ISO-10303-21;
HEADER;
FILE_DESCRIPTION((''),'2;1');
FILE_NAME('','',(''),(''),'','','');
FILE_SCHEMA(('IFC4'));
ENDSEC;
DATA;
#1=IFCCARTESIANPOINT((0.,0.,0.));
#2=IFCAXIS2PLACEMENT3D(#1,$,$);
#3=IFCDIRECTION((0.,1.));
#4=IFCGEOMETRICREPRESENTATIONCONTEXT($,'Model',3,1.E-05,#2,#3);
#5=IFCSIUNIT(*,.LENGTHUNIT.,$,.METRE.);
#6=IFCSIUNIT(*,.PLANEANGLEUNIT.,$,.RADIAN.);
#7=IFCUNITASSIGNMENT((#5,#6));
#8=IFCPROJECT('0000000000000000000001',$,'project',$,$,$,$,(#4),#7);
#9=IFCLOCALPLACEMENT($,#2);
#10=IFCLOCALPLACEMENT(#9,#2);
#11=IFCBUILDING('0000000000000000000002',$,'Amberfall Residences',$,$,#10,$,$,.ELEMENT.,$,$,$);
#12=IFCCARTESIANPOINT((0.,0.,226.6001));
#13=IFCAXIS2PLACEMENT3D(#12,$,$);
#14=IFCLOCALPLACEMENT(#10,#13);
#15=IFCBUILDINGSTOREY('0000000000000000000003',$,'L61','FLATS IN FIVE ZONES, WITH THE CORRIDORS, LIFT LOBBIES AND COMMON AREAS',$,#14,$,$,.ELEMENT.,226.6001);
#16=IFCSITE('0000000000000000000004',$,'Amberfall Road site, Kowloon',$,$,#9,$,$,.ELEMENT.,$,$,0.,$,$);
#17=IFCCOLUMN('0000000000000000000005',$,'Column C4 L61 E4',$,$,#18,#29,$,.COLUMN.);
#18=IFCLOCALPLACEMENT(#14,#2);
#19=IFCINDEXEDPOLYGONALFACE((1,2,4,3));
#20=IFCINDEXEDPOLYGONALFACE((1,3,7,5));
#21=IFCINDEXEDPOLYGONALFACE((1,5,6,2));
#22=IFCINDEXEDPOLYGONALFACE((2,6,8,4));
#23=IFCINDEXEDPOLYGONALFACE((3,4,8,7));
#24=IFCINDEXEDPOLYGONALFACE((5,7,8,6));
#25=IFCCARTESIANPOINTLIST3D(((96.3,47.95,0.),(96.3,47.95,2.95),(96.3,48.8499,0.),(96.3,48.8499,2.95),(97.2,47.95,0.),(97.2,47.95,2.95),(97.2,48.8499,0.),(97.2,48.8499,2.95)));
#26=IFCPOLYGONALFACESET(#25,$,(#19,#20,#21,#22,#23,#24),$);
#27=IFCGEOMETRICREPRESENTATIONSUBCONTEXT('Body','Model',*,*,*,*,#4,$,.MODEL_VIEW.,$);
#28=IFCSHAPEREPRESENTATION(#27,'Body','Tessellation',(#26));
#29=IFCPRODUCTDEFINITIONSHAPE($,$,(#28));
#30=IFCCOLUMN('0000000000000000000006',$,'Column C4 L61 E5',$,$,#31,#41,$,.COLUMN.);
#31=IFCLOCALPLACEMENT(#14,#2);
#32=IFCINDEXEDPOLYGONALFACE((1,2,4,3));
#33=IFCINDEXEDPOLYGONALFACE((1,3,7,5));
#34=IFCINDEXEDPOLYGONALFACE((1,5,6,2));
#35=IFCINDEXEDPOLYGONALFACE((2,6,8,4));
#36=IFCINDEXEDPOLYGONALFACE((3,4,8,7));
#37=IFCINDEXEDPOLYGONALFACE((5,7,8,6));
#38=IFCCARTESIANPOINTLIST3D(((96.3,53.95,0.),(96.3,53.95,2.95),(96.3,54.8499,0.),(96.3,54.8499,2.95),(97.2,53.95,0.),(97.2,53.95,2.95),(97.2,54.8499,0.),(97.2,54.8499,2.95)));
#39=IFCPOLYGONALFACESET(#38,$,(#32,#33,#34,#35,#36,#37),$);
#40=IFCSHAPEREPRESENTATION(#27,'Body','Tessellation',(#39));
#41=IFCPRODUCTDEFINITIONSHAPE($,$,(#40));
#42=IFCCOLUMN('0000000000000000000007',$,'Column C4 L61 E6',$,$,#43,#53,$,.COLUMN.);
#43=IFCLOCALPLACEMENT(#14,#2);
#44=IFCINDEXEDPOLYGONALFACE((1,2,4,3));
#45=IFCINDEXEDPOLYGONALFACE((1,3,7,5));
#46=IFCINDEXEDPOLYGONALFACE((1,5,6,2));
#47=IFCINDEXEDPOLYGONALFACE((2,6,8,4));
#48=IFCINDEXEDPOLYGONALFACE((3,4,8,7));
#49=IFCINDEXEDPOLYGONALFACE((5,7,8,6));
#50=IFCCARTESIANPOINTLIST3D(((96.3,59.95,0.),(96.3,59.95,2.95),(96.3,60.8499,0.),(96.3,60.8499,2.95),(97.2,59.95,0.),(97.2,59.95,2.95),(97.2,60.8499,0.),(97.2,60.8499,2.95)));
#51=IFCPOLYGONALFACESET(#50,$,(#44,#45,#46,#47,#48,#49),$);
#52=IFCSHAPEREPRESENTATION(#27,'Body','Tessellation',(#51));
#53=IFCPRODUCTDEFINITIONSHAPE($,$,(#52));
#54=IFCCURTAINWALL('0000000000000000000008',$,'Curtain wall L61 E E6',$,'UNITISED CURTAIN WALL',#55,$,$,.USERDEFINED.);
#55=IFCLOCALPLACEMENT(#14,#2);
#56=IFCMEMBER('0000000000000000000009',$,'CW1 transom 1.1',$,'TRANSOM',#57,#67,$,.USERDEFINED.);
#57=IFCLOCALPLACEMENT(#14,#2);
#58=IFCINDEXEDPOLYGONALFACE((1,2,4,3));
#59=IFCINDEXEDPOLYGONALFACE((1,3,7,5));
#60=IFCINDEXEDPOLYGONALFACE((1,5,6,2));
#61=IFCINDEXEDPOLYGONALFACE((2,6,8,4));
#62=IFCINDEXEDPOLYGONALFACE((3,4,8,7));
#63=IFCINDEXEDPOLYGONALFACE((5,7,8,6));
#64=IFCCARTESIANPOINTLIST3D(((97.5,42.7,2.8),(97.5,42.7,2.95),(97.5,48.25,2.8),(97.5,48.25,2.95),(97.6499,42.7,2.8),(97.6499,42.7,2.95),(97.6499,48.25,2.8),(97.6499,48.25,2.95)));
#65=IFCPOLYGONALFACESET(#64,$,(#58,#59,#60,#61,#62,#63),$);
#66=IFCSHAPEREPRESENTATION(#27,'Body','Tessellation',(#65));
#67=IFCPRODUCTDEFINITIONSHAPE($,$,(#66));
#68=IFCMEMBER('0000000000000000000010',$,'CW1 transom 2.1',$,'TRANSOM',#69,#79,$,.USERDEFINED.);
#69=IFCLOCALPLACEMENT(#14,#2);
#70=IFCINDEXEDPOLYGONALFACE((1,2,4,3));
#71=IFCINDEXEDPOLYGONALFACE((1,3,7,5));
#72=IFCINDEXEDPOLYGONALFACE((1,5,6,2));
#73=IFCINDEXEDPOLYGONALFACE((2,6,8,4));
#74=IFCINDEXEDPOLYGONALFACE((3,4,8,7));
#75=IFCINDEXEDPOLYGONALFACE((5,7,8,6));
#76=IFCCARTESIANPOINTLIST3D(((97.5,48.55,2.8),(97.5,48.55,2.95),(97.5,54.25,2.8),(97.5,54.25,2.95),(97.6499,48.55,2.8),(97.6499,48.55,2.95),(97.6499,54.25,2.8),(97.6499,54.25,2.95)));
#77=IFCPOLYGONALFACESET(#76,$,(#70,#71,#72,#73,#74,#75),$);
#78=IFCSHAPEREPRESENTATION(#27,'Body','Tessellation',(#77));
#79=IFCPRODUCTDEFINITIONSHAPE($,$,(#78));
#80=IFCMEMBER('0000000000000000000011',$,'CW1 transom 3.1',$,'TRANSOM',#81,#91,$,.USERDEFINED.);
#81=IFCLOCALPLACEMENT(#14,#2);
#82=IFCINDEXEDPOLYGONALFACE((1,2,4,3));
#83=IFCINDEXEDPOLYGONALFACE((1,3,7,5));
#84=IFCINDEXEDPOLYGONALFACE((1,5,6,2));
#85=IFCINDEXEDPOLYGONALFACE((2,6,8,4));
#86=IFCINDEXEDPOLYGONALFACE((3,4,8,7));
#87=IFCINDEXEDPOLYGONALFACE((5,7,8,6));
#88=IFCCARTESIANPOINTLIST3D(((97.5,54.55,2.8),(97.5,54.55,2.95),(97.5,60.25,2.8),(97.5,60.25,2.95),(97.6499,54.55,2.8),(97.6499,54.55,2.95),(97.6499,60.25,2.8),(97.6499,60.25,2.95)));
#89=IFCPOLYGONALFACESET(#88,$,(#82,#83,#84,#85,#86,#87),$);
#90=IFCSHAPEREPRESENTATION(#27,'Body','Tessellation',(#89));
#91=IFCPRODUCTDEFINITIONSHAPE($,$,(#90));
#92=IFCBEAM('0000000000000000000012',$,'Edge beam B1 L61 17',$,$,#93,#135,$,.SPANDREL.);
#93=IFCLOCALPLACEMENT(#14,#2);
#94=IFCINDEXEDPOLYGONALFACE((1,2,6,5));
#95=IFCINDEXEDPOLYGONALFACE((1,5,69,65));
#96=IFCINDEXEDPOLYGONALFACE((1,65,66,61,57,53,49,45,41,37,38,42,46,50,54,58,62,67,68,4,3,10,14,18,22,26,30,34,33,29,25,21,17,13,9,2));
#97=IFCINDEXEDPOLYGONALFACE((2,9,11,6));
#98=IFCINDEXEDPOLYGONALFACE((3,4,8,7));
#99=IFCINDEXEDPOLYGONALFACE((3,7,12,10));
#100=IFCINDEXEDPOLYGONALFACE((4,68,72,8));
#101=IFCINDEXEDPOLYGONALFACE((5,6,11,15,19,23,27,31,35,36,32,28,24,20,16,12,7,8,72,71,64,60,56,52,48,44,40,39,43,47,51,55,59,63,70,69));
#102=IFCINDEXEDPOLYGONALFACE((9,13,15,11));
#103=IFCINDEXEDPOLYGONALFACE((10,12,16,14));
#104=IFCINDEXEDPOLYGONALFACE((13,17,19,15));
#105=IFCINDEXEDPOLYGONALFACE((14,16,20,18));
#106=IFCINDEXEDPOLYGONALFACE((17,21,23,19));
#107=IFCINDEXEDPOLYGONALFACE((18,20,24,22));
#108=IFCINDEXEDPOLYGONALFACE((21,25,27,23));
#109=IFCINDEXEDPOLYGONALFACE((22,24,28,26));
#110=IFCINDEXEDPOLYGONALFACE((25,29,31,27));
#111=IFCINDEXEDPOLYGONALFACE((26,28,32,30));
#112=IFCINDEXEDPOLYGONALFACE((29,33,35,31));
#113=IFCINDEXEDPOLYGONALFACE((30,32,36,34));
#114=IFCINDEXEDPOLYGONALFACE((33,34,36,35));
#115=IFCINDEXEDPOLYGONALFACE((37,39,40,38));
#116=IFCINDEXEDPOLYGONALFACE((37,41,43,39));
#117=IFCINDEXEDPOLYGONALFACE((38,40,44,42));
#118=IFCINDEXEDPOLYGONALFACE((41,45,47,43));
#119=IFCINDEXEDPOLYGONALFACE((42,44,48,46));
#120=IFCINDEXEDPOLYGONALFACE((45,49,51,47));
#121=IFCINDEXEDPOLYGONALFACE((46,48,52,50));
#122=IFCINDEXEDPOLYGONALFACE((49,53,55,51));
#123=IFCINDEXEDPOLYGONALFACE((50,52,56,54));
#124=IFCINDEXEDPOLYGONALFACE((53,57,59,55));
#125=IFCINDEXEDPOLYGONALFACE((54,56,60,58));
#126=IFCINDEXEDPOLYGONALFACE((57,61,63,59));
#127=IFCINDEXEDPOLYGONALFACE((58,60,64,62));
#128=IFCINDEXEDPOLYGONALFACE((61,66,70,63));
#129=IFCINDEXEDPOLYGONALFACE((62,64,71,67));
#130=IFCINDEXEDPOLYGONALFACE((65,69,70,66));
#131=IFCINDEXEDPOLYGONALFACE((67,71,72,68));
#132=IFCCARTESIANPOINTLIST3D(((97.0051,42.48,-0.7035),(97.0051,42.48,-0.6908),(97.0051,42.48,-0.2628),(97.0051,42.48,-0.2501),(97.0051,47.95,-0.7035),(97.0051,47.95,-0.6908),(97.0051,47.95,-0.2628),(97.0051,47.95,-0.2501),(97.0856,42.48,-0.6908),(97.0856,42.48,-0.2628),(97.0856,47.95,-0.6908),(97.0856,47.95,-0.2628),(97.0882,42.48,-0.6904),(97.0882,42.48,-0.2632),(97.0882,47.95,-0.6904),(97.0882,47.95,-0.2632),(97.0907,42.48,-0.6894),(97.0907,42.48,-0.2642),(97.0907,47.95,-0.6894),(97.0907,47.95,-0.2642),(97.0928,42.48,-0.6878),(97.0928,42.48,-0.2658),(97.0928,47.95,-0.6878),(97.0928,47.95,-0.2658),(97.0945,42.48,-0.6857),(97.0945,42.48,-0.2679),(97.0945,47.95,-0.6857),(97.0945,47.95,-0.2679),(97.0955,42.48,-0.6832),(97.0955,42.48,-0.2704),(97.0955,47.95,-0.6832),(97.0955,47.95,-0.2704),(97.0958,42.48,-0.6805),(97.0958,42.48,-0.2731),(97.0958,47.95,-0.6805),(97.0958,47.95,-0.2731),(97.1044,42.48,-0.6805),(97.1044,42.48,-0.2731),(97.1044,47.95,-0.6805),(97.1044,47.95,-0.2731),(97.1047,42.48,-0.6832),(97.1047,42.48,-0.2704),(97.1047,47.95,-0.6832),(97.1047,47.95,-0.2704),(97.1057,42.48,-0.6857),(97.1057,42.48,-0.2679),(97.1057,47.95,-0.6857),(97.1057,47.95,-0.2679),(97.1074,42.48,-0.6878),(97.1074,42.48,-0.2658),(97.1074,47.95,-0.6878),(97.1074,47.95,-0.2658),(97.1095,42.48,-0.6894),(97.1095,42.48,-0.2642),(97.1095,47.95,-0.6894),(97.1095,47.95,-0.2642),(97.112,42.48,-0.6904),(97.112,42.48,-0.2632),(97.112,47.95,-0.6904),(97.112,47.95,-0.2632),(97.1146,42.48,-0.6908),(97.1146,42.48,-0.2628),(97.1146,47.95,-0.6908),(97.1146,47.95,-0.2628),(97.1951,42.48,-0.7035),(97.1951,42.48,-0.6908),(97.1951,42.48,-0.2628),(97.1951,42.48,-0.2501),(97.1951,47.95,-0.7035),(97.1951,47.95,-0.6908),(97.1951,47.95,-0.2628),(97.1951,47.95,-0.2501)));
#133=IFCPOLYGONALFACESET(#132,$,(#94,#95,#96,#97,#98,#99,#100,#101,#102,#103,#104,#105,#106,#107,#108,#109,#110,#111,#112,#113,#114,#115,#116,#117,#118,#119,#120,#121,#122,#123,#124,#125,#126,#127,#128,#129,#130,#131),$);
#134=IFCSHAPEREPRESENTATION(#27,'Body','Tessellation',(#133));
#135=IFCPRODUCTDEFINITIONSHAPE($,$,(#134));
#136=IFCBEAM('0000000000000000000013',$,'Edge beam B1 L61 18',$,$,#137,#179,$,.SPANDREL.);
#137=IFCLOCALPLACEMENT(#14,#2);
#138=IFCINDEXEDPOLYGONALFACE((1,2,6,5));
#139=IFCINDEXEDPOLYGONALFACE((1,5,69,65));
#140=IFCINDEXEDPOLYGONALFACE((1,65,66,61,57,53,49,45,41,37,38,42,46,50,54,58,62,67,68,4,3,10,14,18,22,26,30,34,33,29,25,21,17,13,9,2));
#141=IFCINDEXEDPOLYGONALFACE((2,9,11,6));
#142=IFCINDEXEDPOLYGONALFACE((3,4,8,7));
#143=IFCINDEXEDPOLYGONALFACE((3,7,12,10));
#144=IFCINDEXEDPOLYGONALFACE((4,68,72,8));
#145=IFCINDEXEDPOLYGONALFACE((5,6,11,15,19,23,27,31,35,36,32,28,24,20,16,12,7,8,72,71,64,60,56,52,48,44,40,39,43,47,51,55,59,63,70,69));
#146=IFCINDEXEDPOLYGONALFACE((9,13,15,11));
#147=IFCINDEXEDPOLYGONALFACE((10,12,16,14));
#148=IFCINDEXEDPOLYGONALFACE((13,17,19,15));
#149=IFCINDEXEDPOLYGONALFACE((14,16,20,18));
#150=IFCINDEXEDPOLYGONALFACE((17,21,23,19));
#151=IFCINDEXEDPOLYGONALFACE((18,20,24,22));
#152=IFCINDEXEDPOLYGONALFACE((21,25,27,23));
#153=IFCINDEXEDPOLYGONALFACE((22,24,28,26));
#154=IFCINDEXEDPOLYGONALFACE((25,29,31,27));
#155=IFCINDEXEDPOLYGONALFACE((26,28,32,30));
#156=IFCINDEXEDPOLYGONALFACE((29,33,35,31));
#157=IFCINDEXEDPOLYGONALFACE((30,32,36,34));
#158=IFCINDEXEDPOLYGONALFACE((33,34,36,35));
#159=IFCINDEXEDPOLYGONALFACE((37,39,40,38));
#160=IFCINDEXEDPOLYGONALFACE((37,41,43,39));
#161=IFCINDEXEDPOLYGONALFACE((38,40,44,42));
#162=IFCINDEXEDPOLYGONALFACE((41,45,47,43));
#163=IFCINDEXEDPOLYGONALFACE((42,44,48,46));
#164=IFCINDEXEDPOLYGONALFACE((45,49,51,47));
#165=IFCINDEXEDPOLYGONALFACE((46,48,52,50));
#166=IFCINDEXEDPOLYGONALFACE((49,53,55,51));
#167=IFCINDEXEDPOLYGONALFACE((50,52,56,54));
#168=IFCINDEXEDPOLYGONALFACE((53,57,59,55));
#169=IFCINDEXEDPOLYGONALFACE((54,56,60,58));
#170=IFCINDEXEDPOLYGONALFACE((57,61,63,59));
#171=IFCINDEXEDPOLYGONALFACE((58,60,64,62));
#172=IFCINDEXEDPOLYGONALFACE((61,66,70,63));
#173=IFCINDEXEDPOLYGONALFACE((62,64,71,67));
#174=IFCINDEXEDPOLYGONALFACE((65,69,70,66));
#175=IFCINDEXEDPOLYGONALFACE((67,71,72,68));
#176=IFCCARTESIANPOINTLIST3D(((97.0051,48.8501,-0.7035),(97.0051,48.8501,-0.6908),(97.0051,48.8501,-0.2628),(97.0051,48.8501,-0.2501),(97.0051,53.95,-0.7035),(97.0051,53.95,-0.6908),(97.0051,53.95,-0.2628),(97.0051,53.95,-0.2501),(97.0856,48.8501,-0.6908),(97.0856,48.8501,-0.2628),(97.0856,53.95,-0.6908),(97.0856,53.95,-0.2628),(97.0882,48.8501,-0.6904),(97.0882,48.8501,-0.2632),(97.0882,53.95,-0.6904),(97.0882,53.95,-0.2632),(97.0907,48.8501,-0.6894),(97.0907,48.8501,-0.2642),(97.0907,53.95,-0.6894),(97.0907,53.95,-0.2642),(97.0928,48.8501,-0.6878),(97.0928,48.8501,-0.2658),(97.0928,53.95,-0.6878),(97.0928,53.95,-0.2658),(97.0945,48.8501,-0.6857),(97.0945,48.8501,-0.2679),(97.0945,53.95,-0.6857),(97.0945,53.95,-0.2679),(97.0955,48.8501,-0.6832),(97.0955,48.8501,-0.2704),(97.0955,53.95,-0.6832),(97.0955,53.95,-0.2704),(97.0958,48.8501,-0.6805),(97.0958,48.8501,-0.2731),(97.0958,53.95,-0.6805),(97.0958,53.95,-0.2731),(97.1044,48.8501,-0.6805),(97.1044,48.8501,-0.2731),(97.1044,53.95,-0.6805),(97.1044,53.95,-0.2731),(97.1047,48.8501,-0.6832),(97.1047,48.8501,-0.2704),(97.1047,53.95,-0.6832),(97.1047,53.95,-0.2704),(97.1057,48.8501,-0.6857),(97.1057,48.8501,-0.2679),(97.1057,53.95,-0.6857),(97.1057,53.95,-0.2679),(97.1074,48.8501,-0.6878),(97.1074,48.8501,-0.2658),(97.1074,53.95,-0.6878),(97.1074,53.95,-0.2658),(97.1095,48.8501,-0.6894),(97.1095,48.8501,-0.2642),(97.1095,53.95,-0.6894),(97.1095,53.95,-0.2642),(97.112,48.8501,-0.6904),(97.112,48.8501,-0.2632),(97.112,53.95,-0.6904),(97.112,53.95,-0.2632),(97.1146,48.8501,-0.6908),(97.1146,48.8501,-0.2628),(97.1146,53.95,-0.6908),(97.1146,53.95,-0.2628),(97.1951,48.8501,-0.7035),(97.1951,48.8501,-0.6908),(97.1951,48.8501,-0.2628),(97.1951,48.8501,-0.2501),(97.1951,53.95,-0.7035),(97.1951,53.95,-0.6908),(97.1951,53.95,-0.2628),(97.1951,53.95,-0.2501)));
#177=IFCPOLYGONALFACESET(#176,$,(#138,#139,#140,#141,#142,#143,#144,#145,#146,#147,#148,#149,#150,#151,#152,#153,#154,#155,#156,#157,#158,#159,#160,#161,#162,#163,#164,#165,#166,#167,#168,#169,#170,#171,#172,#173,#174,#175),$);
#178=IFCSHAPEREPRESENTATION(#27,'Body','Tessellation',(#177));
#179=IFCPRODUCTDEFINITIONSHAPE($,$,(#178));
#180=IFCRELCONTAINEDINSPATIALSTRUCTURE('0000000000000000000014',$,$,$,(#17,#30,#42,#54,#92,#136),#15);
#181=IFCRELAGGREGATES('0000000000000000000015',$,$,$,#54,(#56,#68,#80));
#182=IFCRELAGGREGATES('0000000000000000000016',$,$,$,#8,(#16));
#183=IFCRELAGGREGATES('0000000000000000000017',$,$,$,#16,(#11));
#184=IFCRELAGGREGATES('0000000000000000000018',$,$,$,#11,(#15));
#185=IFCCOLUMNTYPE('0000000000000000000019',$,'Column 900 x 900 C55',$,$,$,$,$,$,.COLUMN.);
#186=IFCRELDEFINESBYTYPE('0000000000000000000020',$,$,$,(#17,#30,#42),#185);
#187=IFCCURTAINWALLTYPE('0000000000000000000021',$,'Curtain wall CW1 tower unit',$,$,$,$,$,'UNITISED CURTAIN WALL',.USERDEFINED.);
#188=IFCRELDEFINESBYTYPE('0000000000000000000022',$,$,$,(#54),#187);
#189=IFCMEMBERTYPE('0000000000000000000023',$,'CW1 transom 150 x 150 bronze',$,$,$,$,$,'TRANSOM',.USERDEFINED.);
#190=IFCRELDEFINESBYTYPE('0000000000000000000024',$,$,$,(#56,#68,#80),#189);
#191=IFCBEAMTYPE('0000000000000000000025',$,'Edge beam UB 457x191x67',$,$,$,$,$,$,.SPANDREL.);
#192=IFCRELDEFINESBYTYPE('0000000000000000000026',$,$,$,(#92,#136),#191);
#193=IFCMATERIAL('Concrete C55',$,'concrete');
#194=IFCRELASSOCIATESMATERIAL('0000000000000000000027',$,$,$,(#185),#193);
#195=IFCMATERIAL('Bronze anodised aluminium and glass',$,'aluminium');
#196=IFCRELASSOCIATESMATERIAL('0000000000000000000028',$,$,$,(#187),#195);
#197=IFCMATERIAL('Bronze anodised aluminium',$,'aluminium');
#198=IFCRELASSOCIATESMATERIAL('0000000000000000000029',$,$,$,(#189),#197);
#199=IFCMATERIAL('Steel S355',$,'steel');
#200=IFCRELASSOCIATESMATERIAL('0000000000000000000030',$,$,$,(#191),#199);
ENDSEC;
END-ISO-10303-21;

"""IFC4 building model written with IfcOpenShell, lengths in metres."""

from ifc_helpers import new_model, si_unit, direction, frame, origin, origin_2d, place, context, subcontext, project, spatial, rectangle, i_section, extrude, material, material_profile, profile_set, type_object, element, aggregate, save


model = new_model("IFC4")

# Units and contexts
model_context = context("Model", 3, precision=1e-05, world=origin(), true_north=direction((0.0, 1.0)))
body_context = subcontext(model_context, "Body", "Model", "MODEL_VIEW")
ifc_project = project(units=[si_unit("LENGTHUNIT", "METRE"), si_unit("PLANEANGLEUNIT", "RADIAN")], contexts=[model_context])

# Site, building, storey
site_placement = place(None, origin())
site = spatial("IfcSite", under=ifc_project, at=site_placement, Name="Amberfall Road site, Kowloon", CompositionType="ELEMENT", RefElevation=0.0)
building_placement = place(site_placement, origin())
building = spatial("IfcBuilding", under=site, at=building_placement, Name="Amberfall Residences", CompositionType="ELEMENT")
storey_placement = place(building_placement, frame((0.0, 0.0, 226.6001)))
storey = spatial("IfcBuildingStorey", under=building, at=storey_placement, Name="L61", Description="FLATS IN FIVE ZONES, WITH THE CORRIDORS, LIFT LOBBIES AND COMMON AREAS", CompositionType="ELEMENT", Elevation=226.6001)

# Columns
ifc_material_1 = material(Name="Concrete C55", Category="concrete")
ifc_material_profile_1 = material_profile(ifc_material_1, rectangle(XDim=0.8999, YDim=0.8999, at=origin_2d()), Name="Column 900 x 900 C55")
ifc_profile_set_1 = profile_set([ifc_material_profile_1], Name="Concrete C55")
column_type = type_object("IfcColumnType", Name="Column 900 x 900 C55", PredefinedType="COLUMN", material=ifc_profile_set_1)
for number, where, z_axis, x_axis, name in (
    (1, (96.75, 48.3999, 0.0), (0.0, 0.0, 1.0), (1.0, 0.0, 0.0), "Column C4 L61 E4"),
    (2, (96.75, 54.3999, 0.0), (0.0, 0.0, 1.0), (1.0, 0.0, 0.0), "Column C4 L61 E5"),
    (3, (96.75, 60.3999, 0.0), (0.0, 0.0, 1.0), (1.0, 0.0, 0.0), "Column C4 L61 E6"),
):
    element("IfcColumn", number, at=place(storey_placement, frame(where, z_axis=z_axis, x_axis=x_axis)), inside=storey, type_object=column_type, Name=name, PredefinedType="COLUMN", context=body_context, shape_type="SweptSolid", body=[
        extrude(rectangle(XDim=0.8999, YDim=0.8999, at=origin_2d()), origin(), (0.0, 0.0, 1.0), 2.95),
    ])

# Curtain wall, members
ifc_material_2 = material(Name="Bronze anodised aluminium and glass", Category="aluminium")
curtain_wall_type = type_object("IfcCurtainWallType", Name="Curtain wall CW1 tower unit", ElementType="UNITISED CURTAIN WALL", PredefinedType="USERDEFINED", material=ifc_material_2)
curtain_wall_placement = place(storey_placement, origin())
curtain_wall = element("IfcCurtainWall", 4, at=curtain_wall_placement, inside=storey, type_object=curtain_wall_type, Name="Curtain wall L61 E E6", ObjectType="UNITISED CURTAIN WALL", PredefinedType="USERDEFINED")
ifc_material_3 = material(Name="Bronze anodised aluminium", Category="aluminium")
ifc_material_profile_2 = material_profile(ifc_material_3, rectangle(XDim=0.1499, YDim=0.1499, at=origin_2d()), Name="CW1 transom 150 x 150 bronze")
ifc_profile_set_2 = profile_set([ifc_material_profile_2], Name="Bronze anodised aluminium")
member_type_1 = type_object("IfcMemberType", Name="CW1 transom 150 x 150 bronze", ElementType="TRANSOM", PredefinedType="USERDEFINED", material=ifc_profile_set_2)
member_1_placement = place(storey_placement, frame((97.575, 42.7, 2.875), z_axis=(0.0, 1.0, 0.0), x_axis=(-1.0, 0.0, 0.0)))
member_1 = element("IfcMember", 5, at=member_1_placement, type_object=member_type_1, Name="CW1 transom 1.1", ObjectType="TRANSOM", PredefinedType="USERDEFINED", context=body_context, shape_type="SweptSolid", body=[
    extrude(rectangle(XDim=0.1499, YDim=0.1499, at=origin_2d()), origin(), (0.0, 0.0, 1.0), 5.55),
])
member_2_placement = place(storey_placement, frame((97.575, 48.55, 2.875), z_axis=(0.0, 1.0, 0.0), x_axis=(-1.0, 0.0, 0.0)))
member_2 = element("IfcMember", 6, at=member_2_placement, type_object=member_type_1, Name="CW1 transom 2.1", ObjectType="TRANSOM", PredefinedType="USERDEFINED", context=body_context, shape_type="SweptSolid", body=[
    extrude(rectangle(XDim=0.1499, YDim=0.1499, at=origin_2d()), origin(), (0.0, 0.0, 1.0), 5.7),
])
member_3_placement = place(storey_placement, frame((97.575, 54.55, 2.875), z_axis=(0.0, 1.0, 0.0), x_axis=(-1.0, 0.0, 0.0)))
member_3 = element("IfcMember", 7, at=member_3_placement, type_object=member_type_1, Name="CW1 transom 3.1", ObjectType="TRANSOM", PredefinedType="USERDEFINED", context=body_context, shape_type="SweptSolid", body=[
    extrude(rectangle(XDim=0.1499, YDim=0.1499, at=origin_2d()), origin(), (0.0, 0.0, 1.0), 5.7),
])

# Beams
ifc_material_4 = material(Name="Steel S355", Category="steel")
ifc_material_profile_3 = material_profile(ifc_material_4, i_section(OverallWidth=0.1899, OverallDepth=0.4534, WebThickness=0.0085, FlangeThickness=0.0127, FilletRadius=0.0103, at=origin_2d()), Name="UB 457x191x67")
ifc_profile_set_3 = profile_set([ifc_material_profile_3], Name="Steel S355")
beam_type_1 = type_object("IfcBeamType", Name="Edge beam UB 457x191x67", PredefinedType="SPANDREL", material=ifc_profile_set_3)
beam_1_placement = place(storey_placement, frame((97.1001, 42.48, -0.4768), z_axis=(0.0, 1.0, 0.0), x_axis=(-1.0, 0.0, 0.0)))
element("IfcBeam", 8, at=beam_1_placement, inside=storey, type_object=beam_type_1, Name="Edge beam B1 L61 17", PredefinedType="SPANDREL", context=body_context, shape_type="SweptSolid", body=[
    extrude(i_section(OverallWidth=0.1899, OverallDepth=0.4534, WebThickness=0.0085, FlangeThickness=0.0127, FilletRadius=0.0103, at=origin_2d()), origin(), (0.0, 0.0, 1.0), 5.47),
])
for number, where, z_axis, x_axis, name in (
    (9, (97.1001, 48.8501, -0.4768), (0.0, 1.0, 0.0), (-1.0, 0.0, 0.0), "Edge beam B1 L61 18"),
):
    element("IfcBeam", number, at=place(storey_placement, frame(where, z_axis=z_axis, x_axis=x_axis)), inside=storey, type_object=beam_type_1, Name=name, PredefinedType="SPANDREL", context=body_context, shape_type="SweptSolid", body=[
        extrude(i_section(OverallWidth=0.1899, OverallDepth=0.4534, WebThickness=0.0085, FlangeThickness=0.0127, FilletRadius=0.0103, at=origin_2d()), origin(), (0.0, 0.0, 1.0), 5.0999),
    ])

aggregate(curtain_wall, [member_1, member_2, member_3])

save(model, "model.ifc")
